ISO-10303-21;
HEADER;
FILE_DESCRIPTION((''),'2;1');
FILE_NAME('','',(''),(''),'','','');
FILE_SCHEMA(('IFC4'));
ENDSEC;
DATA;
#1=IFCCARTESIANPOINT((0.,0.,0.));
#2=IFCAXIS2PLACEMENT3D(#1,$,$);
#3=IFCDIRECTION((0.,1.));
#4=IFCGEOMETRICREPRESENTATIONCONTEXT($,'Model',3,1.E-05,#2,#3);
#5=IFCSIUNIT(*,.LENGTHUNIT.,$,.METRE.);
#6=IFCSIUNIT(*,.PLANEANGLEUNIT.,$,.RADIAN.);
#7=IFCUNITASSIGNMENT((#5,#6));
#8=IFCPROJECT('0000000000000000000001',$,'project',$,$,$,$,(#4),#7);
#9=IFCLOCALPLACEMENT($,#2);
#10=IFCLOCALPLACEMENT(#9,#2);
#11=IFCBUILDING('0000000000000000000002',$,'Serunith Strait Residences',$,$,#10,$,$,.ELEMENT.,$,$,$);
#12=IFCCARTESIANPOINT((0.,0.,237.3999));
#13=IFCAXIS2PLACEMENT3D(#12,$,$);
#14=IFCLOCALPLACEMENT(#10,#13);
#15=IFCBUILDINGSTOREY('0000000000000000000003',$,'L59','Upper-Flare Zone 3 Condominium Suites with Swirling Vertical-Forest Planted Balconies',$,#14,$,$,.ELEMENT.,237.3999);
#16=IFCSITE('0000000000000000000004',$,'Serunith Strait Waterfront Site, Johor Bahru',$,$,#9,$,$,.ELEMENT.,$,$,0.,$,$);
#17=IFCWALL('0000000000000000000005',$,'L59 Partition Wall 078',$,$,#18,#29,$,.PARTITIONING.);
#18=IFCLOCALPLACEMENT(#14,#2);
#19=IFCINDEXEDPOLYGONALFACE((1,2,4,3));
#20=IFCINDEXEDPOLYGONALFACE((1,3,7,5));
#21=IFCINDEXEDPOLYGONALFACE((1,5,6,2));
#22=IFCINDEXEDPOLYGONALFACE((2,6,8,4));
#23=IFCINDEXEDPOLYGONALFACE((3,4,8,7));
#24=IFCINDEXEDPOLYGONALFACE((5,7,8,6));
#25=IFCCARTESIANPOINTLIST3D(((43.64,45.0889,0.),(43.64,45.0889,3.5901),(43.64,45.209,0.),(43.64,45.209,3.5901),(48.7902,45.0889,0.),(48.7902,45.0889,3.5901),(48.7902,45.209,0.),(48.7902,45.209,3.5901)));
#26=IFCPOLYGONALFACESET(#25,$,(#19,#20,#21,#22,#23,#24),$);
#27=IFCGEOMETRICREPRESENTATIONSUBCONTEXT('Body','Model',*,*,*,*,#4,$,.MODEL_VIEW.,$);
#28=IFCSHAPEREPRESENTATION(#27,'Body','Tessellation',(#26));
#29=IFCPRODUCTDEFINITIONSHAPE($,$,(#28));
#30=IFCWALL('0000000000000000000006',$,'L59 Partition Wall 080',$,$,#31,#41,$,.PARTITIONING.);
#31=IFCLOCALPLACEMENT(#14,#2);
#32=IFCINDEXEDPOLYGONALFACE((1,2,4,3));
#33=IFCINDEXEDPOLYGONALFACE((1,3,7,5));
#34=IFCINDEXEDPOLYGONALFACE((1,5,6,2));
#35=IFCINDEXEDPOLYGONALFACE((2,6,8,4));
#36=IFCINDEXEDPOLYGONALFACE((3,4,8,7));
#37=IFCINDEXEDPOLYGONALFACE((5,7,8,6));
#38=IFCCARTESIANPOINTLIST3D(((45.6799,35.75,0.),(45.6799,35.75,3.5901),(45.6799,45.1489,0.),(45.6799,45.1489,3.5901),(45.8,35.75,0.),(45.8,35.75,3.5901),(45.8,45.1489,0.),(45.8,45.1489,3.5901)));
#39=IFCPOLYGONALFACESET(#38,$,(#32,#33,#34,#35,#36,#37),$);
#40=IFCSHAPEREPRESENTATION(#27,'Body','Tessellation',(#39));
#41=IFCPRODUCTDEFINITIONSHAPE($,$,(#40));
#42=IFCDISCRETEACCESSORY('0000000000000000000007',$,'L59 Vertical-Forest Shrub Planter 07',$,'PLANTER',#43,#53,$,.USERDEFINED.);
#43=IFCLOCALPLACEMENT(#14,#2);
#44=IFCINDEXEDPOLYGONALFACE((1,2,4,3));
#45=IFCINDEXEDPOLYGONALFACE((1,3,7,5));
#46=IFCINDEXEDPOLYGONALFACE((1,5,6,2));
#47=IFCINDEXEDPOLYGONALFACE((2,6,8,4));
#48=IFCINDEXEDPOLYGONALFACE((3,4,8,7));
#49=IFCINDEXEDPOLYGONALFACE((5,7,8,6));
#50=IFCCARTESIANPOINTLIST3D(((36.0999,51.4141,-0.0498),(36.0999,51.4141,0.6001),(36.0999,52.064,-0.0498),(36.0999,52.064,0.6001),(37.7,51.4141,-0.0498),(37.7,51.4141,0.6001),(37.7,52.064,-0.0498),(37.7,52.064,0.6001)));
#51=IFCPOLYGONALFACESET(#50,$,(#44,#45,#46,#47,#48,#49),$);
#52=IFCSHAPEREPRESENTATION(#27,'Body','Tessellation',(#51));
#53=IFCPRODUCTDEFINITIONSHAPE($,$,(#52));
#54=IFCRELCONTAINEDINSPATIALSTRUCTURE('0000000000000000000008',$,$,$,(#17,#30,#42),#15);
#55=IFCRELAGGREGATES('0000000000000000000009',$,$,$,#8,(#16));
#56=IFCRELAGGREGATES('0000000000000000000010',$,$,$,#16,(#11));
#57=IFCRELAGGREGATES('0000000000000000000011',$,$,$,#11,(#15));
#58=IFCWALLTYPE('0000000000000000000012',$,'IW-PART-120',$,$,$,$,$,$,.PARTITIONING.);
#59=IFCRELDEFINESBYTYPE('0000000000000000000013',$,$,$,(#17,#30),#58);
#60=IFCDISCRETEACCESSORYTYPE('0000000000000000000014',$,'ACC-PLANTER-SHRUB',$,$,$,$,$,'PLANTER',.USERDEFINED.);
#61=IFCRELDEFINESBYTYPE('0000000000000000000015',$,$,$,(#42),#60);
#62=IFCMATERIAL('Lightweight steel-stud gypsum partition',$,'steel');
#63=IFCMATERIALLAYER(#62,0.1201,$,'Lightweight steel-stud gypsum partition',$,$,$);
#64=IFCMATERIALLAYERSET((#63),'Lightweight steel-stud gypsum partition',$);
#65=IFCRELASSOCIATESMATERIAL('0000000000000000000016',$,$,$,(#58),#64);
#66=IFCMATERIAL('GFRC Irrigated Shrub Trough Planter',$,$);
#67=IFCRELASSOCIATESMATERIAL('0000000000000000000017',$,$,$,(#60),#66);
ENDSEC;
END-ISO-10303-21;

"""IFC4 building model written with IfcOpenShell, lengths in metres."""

from ifc_helpers import new_model, si_unit, direction, frame, frame_2d, origin, origin_2d, place, context, subcontext, project, spatial, rectangle, extrude, source, transform, mapped, material, layer, layer_set, type_object, element, save


model = new_model("IFC4")

# Units and contexts
model_context = context("Model", 3, precision=1e-05, world=origin(), true_north=direction((0.0, 1.0)))
body_context = subcontext(model_context, "Body", "Model", "MODEL_VIEW")
ifc_project = project(units=[si_unit("LENGTHUNIT", "METRE"), si_unit("PLANEANGLEUNIT", "RADIAN")], contexts=[model_context])

# Site, building, storey
site_placement = place(None, origin())
site = spatial("IfcSite", under=ifc_project, at=site_placement, Name="Serunith Strait Waterfront Site, Johor Bahru", CompositionType="ELEMENT", RefElevation=0.0)
building_placement = place(site_placement, origin())
building = spatial("IfcBuilding", under=site, at=building_placement, Name="Serunith Strait Residences", CompositionType="ELEMENT")
storey_placement = place(building_placement, frame((0.0, 0.0, 237.3999)))
storey = spatial("IfcBuildingStorey", under=building, at=storey_placement, Name="L59", Description="Upper-Flare Zone 3 Condominium Suites with Swirling Vertical-Forest Planted Balconies", CompositionType="ELEMENT", Elevation=237.3999)

# Shared definitions
ifc_material_1 = material(Name="Lightweight steel-stud gypsum partition", Category="steel")
ifc_layer_1 = layer(ifc_material_1, 0.1201, Name="Lightweight steel-stud gypsum partition")
ifc_layer_set_1 = layer_set([ifc_layer_1], Name="Lightweight steel-stud gypsum partition")
wall_type_1 = type_object("IfcWallType", Name="IW-PART-120", PredefinedType="PARTITIONING", material=ifc_layer_set_1)

# Walls
wall_1_placement = place(storey_placement, frame((43.6399, 45.1489, 0.0), z_axis=(0.0, 0.0, 1.0), x_axis=(1.0, 0.0, 0.0)))
element("IfcWall", 1, at=wall_1_placement, inside=storey, type_object=wall_type_1, Name="L59 Partition Wall 078", PredefinedType="PARTITIONING", context=body_context, shape_type="SweptSolid", body=[
    extrude(rectangle(XDim=5.1501, YDim=0.1201, at=frame_2d((2.5752, 0.0))), origin(), (0.0, 0.0, 1.0), 3.5901),
])
wall_2_placement = place(storey_placement, frame((45.74, 45.1489, 0.0), z_axis=(0.0, 0.0, 1.0), x_axis=(0.0, -1.0, 0.0)))
element("IfcWall", 2, at=wall_2_placement, inside=storey, type_object=wall_type_1, Name="L59 Partition Wall 080", PredefinedType="PARTITIONING", context=body_context, shape_type="SweptSolid", body=[
    extrude(rectangle(XDim=9.3989, YDim=0.1201, at=frame_2d((4.6995, 0.0))), origin(), (0.0, 0.0, 1.0), 3.5901),
])

# Discrete accessory
ifc_material_2 = material(Name="GFRC Irrigated Shrub Trough Planter")
discrete_accessory_type = type_object("IfcDiscreteAccessoryType", Name="ACC-PLANTER-SHRUB", ElementType="PLANTER", PredefinedType="USERDEFINED", material=ifc_material_2)
shared_shape_1 = source(origin(), body_context, "Body", "SweptSolid", [
    extrude(rectangle(XDim=1.6001, YDim=0.6499, at=origin_2d()), origin(), (0.0, 0.0, 1.0), 0.6499),
])
discrete_accessory_placement = place(storey_placement, frame((36.8999, 51.739, -0.0498), z_axis=(0.0, 0.0, 1.0), x_axis=(-1.0, 0.0, 0.0)))
element("IfcDiscreteAccessory", 3, at=discrete_accessory_placement, inside=storey, type_object=discrete_accessory_type, Name="L59 Vertical-Forest Shrub Planter 07", ObjectType="PLANTER", PredefinedType="USERDEFINED", context=body_context, shape_type="MappedRepresentation", body=[
    mapped(shared_shape_1, transform((0.0, 0.0, 0.0), scale=1.0)),
])

save(model, "model.ifc")
